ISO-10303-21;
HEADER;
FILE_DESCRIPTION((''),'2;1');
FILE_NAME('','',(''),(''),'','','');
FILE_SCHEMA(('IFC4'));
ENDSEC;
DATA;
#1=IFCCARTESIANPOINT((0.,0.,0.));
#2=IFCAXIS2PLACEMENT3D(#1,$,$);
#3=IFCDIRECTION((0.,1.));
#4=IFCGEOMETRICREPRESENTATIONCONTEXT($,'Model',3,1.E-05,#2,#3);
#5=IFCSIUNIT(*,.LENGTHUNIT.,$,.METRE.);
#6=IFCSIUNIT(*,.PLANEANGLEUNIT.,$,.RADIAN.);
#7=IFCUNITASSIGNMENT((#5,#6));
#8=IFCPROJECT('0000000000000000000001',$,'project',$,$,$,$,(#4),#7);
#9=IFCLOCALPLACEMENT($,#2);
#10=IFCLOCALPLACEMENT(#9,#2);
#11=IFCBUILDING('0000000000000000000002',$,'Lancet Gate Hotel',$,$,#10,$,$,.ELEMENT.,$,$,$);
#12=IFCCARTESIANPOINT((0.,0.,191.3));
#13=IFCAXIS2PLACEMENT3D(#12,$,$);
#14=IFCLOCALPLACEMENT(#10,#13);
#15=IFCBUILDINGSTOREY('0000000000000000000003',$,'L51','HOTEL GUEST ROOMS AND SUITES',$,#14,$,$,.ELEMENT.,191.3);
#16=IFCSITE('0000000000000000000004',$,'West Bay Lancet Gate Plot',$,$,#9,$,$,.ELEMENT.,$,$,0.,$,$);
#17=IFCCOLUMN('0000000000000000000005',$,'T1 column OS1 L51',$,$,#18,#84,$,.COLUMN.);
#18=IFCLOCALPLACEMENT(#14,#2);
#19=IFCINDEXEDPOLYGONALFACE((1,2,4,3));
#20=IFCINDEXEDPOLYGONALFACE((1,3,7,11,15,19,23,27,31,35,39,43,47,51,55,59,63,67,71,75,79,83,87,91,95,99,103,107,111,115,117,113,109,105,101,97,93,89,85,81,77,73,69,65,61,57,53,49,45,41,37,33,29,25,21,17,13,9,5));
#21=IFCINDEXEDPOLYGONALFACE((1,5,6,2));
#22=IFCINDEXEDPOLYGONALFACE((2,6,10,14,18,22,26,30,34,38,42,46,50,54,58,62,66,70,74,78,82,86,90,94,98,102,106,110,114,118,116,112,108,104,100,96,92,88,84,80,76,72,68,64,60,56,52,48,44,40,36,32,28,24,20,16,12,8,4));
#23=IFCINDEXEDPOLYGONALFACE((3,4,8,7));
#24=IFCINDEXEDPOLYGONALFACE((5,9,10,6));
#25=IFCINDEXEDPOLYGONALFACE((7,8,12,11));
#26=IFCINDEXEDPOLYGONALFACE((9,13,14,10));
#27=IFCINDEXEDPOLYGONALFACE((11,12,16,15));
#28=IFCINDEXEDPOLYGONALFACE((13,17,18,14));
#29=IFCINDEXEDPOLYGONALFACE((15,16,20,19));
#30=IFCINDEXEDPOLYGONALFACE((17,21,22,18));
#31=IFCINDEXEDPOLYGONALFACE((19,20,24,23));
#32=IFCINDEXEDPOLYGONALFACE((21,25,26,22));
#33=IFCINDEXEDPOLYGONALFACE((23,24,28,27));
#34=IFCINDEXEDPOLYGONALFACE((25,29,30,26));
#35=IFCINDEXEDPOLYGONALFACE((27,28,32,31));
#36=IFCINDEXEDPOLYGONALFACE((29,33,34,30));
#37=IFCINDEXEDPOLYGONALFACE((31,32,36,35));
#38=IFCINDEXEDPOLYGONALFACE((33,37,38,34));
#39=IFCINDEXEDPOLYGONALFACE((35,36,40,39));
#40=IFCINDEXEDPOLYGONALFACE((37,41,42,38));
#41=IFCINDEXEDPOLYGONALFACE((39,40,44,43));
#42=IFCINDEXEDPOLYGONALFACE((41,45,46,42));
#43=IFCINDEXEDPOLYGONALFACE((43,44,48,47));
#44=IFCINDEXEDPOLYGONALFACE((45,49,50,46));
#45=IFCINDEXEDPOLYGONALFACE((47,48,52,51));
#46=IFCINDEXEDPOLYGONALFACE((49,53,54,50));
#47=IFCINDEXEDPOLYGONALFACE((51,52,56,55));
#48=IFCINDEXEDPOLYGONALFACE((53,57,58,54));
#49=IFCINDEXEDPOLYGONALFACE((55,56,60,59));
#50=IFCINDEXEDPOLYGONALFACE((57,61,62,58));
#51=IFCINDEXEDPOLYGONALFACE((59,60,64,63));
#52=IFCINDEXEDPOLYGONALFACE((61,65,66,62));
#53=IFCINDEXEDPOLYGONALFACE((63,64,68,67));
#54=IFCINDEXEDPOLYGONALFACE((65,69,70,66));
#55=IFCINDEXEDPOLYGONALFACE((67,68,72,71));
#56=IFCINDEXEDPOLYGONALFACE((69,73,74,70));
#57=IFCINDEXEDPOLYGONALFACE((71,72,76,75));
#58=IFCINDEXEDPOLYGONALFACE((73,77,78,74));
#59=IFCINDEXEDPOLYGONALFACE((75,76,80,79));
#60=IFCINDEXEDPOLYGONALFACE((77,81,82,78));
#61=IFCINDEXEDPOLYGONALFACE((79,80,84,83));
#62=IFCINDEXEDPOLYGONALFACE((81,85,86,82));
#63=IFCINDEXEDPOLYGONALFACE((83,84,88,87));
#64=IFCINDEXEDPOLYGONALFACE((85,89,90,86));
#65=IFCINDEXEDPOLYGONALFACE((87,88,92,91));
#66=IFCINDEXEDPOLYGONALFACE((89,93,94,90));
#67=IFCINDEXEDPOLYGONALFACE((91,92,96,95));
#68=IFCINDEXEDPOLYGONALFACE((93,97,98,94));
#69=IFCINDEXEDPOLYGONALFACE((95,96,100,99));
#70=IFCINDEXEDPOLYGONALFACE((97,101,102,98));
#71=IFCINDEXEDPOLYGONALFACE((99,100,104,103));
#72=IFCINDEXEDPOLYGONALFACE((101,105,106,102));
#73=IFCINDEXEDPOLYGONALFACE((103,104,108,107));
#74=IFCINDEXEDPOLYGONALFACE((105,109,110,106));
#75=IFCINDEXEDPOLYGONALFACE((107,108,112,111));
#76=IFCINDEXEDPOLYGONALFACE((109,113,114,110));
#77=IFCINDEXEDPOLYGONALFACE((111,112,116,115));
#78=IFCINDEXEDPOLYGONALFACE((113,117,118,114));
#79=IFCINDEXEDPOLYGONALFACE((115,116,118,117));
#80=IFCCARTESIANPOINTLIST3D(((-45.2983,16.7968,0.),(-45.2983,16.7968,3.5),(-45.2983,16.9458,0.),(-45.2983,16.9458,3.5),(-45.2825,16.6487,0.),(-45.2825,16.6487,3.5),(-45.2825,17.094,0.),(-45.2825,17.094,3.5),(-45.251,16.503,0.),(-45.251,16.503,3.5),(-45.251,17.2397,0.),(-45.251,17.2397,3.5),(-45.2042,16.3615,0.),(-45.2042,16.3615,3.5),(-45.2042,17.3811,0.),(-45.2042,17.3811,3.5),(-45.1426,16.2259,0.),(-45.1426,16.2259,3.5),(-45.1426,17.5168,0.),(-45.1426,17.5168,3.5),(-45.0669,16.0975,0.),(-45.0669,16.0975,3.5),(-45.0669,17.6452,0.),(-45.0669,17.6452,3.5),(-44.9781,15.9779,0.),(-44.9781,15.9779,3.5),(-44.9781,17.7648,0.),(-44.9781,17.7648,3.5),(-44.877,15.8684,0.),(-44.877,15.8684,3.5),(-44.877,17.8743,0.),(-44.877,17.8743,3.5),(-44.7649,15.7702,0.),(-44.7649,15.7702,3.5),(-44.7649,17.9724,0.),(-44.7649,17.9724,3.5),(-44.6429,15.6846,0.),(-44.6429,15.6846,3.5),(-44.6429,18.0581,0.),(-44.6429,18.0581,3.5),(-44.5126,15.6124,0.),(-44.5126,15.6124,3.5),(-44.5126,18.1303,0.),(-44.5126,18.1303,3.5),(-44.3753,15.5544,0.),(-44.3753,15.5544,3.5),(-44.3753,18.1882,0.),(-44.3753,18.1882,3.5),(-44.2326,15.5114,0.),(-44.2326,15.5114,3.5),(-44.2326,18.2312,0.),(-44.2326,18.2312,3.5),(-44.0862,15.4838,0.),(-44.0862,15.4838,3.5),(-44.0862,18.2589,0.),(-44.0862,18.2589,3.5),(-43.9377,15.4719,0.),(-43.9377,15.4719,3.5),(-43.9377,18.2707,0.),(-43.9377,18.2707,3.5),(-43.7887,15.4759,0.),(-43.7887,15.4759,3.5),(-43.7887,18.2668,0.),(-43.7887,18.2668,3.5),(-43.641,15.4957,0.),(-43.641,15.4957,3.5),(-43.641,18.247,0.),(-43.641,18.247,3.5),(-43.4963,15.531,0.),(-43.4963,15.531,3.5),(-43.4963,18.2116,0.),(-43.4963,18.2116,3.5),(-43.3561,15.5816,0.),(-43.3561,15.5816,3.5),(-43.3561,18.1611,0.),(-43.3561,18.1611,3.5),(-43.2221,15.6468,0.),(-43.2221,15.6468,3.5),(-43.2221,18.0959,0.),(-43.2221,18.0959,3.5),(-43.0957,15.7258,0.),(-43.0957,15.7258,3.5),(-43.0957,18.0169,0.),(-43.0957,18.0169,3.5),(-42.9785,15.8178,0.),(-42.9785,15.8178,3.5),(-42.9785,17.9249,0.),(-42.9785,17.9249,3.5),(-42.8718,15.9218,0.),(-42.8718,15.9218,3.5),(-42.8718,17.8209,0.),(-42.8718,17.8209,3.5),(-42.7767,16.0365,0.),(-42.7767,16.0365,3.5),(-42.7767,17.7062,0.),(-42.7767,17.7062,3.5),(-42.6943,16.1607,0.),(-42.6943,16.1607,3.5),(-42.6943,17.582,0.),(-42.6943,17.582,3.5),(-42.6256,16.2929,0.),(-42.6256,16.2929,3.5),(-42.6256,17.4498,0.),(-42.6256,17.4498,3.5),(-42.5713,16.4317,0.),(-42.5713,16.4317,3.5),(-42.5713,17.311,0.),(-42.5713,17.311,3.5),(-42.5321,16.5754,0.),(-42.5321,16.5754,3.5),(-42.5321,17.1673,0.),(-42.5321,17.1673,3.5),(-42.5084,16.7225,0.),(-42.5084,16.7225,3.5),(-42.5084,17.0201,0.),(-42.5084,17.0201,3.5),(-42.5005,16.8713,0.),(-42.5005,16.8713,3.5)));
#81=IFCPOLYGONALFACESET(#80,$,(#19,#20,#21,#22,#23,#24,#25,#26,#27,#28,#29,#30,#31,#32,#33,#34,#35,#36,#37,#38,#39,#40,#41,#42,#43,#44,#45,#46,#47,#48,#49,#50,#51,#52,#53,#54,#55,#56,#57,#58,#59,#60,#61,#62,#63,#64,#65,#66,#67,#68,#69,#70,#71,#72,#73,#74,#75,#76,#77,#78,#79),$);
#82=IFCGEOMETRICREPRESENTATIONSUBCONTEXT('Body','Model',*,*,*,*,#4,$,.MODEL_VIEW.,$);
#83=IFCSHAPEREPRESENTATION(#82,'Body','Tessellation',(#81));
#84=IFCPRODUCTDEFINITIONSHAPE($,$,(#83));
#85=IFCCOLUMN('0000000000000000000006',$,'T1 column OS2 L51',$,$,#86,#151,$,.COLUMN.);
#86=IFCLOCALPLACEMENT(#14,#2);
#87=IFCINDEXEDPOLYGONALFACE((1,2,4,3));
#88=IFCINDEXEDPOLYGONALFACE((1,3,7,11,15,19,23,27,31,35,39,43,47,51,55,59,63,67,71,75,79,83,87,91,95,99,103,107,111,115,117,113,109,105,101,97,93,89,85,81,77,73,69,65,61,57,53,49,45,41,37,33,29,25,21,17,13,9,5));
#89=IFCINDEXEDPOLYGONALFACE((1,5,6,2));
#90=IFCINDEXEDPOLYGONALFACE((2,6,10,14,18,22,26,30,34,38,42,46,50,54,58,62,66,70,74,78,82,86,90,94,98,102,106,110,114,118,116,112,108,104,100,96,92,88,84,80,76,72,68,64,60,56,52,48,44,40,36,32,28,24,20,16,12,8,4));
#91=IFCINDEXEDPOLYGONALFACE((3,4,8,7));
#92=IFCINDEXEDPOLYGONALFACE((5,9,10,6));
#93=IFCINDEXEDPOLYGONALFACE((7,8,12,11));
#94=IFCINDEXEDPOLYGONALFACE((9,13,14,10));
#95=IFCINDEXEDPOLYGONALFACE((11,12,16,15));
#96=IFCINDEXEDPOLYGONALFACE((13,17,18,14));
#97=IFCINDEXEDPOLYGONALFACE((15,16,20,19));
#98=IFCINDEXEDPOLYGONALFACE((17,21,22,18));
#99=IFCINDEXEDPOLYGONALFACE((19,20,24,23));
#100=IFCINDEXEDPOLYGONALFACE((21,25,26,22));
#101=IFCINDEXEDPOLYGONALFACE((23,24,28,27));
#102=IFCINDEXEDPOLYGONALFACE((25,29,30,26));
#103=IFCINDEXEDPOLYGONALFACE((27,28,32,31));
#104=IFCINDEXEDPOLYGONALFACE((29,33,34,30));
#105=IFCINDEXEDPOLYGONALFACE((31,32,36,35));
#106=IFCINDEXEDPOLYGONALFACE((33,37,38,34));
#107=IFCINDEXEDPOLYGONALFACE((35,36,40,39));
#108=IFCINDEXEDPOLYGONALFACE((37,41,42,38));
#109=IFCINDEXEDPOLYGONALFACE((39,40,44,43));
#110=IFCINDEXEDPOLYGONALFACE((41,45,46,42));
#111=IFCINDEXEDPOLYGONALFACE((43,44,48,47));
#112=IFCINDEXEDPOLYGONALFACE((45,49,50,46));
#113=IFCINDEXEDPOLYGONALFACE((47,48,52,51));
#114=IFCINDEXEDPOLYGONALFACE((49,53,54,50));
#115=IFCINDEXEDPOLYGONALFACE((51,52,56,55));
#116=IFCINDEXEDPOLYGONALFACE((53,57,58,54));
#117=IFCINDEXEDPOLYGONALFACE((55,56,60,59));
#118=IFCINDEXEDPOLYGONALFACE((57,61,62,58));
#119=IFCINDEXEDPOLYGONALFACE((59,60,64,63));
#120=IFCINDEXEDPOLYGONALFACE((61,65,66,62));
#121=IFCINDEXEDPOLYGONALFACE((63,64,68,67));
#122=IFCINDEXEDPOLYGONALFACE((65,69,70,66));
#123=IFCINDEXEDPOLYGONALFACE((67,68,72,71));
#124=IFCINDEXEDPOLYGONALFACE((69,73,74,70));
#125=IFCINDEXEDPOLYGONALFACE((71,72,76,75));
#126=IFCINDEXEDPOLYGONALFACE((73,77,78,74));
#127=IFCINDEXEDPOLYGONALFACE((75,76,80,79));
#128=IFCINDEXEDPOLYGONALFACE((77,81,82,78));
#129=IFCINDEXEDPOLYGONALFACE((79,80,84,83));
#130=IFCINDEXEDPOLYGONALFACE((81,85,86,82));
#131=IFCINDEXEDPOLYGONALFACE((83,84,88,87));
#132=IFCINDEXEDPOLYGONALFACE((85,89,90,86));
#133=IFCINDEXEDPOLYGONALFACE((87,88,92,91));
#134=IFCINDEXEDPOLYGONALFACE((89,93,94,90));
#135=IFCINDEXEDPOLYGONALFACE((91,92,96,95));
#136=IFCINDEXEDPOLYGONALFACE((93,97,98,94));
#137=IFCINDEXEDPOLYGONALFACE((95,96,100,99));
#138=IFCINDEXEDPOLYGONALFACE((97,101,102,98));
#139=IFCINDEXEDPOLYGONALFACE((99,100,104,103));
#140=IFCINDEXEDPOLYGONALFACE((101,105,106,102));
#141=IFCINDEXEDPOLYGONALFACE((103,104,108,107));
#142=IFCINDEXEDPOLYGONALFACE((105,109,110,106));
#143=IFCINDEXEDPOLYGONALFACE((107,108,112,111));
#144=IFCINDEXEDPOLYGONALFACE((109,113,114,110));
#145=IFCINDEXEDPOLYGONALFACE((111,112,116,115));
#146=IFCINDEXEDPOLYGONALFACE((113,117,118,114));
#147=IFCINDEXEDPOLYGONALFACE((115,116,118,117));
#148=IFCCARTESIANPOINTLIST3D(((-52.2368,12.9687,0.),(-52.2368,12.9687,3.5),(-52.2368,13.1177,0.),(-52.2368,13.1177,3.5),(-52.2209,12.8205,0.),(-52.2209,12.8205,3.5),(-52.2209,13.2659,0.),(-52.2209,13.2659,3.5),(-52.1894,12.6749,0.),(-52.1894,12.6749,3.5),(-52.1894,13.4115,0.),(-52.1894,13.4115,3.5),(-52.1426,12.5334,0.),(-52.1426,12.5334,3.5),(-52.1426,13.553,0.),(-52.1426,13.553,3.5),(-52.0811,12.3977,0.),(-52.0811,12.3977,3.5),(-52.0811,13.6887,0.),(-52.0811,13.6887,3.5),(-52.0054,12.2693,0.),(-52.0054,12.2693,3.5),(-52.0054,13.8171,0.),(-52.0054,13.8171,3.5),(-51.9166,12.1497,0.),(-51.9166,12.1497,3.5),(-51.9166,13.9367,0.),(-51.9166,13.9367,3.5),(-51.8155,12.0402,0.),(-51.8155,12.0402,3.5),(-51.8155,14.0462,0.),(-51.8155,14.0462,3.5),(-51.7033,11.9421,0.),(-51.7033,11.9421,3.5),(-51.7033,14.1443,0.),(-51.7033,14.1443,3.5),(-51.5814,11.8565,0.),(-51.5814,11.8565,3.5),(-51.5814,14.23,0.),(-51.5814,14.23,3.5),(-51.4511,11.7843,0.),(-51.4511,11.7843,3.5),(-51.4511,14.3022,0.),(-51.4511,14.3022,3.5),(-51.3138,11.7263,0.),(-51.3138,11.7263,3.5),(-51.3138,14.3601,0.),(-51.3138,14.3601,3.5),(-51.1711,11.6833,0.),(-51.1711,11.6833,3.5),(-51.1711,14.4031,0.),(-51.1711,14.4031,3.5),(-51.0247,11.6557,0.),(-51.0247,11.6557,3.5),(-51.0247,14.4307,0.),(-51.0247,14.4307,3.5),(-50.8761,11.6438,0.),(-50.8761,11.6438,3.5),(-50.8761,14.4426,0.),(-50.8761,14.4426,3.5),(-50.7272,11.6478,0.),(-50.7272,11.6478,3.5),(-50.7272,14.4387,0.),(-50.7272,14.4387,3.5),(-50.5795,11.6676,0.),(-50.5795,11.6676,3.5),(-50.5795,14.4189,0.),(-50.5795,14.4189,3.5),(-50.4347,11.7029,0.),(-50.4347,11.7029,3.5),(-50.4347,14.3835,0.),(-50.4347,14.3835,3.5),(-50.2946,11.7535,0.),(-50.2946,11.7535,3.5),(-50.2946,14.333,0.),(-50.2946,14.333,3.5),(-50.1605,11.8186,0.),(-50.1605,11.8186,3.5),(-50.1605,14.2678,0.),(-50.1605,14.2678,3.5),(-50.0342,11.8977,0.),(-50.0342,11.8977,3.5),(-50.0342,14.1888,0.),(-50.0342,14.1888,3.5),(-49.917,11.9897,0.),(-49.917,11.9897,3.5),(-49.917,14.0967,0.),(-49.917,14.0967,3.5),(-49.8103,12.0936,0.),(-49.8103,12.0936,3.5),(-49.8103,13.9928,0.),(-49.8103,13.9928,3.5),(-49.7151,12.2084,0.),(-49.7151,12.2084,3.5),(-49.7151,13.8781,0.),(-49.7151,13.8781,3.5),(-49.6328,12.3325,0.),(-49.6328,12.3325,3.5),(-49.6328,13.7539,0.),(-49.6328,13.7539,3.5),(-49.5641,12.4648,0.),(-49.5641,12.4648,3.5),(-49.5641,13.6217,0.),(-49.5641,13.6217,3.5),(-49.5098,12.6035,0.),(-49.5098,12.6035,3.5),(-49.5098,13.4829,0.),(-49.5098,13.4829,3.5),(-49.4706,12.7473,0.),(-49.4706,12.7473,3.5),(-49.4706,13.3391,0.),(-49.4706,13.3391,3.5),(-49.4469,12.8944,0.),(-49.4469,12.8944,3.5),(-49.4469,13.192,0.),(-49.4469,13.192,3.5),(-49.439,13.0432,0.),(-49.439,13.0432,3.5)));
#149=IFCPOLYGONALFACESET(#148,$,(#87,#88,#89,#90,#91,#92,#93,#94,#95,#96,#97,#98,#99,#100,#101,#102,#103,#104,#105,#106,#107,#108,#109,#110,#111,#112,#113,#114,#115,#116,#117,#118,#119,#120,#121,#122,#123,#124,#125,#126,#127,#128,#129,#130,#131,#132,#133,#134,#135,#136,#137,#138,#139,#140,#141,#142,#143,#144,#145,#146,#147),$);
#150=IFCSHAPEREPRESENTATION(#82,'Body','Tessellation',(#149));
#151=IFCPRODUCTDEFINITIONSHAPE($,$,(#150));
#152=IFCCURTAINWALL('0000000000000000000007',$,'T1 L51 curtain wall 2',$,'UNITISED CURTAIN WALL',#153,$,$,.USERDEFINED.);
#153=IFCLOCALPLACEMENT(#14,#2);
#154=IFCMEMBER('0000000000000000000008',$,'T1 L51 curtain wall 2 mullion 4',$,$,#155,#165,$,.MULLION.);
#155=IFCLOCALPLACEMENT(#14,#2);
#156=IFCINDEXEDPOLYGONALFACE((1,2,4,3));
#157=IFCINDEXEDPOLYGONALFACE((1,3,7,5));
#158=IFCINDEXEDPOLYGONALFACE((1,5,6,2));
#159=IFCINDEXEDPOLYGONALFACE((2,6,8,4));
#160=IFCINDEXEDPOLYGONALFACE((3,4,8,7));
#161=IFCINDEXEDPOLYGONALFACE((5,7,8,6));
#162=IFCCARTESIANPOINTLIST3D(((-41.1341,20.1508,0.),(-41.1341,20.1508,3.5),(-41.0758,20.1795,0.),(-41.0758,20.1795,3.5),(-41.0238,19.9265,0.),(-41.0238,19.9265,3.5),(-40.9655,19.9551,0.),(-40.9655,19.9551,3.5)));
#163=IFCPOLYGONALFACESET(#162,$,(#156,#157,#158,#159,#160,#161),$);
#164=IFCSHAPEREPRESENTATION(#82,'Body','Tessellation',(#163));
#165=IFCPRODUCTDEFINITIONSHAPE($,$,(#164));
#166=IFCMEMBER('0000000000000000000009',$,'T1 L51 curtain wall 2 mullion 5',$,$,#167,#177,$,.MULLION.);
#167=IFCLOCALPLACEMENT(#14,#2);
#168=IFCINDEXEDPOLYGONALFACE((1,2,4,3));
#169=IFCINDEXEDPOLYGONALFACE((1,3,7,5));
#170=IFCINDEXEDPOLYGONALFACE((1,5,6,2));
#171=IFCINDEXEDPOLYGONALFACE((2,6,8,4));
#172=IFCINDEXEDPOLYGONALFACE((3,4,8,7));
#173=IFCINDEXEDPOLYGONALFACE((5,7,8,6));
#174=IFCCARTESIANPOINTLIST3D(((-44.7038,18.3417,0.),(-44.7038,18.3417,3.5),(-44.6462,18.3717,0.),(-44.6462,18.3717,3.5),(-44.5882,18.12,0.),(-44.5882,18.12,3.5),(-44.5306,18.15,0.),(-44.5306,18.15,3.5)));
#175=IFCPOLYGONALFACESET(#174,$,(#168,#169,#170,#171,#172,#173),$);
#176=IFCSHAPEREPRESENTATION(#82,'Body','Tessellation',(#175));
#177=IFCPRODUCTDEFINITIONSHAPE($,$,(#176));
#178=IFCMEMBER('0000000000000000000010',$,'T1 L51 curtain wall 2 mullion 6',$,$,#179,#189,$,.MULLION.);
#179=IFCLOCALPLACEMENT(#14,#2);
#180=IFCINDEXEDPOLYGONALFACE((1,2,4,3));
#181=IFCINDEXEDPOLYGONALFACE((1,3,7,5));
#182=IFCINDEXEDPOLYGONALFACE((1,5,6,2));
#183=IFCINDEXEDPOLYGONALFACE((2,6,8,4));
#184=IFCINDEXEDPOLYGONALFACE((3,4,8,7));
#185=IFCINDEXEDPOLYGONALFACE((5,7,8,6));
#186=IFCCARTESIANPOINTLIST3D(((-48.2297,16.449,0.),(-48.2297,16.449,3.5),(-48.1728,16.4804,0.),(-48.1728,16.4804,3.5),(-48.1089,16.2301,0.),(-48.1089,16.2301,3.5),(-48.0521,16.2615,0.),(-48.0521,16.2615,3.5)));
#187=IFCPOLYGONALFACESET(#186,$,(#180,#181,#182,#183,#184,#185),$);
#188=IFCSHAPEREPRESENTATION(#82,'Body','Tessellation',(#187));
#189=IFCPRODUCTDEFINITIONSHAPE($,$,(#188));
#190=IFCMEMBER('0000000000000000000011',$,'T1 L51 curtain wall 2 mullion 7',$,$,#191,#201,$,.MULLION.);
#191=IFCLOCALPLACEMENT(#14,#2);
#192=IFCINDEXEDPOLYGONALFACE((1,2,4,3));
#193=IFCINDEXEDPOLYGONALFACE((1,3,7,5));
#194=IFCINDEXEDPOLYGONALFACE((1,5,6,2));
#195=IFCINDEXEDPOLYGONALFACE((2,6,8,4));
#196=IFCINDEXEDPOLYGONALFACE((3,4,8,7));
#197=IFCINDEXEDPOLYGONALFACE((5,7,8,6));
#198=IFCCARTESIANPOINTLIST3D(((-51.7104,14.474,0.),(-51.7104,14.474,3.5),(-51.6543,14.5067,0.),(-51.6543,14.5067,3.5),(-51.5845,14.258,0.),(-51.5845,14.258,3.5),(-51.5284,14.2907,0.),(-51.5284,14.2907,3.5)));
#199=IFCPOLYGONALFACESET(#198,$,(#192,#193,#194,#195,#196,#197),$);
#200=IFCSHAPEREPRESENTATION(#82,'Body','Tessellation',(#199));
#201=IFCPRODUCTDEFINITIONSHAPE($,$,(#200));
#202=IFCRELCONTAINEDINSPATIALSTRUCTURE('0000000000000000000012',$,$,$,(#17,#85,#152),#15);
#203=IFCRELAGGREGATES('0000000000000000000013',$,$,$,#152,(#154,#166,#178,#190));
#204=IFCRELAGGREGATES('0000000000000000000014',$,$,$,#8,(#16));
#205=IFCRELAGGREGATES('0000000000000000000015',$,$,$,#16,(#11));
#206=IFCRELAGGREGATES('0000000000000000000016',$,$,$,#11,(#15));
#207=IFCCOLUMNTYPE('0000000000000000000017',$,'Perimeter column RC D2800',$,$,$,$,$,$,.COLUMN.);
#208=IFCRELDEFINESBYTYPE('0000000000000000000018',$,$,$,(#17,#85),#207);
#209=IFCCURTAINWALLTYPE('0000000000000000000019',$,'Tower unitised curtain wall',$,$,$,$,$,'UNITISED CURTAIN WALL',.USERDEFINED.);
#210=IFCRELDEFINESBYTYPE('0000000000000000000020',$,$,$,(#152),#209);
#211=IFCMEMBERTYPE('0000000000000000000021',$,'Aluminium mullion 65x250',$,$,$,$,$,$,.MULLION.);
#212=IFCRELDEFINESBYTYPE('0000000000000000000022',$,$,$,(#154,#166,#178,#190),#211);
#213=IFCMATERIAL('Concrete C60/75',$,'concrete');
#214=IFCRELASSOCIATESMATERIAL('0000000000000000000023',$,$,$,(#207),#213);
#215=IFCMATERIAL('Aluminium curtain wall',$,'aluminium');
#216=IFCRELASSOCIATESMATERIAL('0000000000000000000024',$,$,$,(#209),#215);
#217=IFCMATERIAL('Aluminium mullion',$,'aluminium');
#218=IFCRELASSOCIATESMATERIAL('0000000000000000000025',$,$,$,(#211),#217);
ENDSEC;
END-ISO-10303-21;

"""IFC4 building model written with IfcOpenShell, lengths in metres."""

from ifc_helpers import new_model, si_unit, direction, frame, origin, origin_2d, place, context, subcontext, project, spatial, rectangle, circle, extrude, material, material_profile, profile_set, type_object, element, aggregate, save


model = new_model("IFC4")

# Units and contexts
model_context = context("Model", 3, precision=1e-05, world=origin(), true_north=direction((0.0, 1.0)))
body_context = subcontext(model_context, "Body", "Model", "MODEL_VIEW")
ifc_project = project(units=[si_unit("LENGTHUNIT", "METRE"), si_unit("PLANEANGLEUNIT", "RADIAN")], contexts=[model_context])

# Site, building, storey
site_placement = place(None, origin())
site = spatial("IfcSite", under=ifc_project, at=site_placement, Name="West Bay Lancet Gate Plot", CompositionType="ELEMENT", RefElevation=0.0)
building_placement = place(site_placement, origin())
building = spatial("IfcBuilding", under=site, at=building_placement, Name="Lancet Gate Hotel", CompositionType="ELEMENT")
storey_placement = place(building_placement, frame((0.0, 0.0, 191.3)))
storey = spatial("IfcBuildingStorey", under=building, at=storey_placement, Name="L51", Description="HOTEL GUEST ROOMS AND SUITES", CompositionType="ELEMENT", Elevation=191.3)

# Columns
ifc_material_1 = material(Name="Concrete C60/75", Category="concrete")
ifc_material_profile_1 = material_profile(ifc_material_1, circle(Radius=1.3999, at=origin_2d()), Name="RC D2800")
ifc_profile_set_1 = profile_set([ifc_material_profile_1], Name="Concrete C60/75")
column_type = type_object("IfcColumnType", Name="Perimeter column RC D2800", PredefinedType="COLUMN", material=ifc_profile_set_1)
for number, where, z_axis, x_axis, name in (
    (1, (-43.9004, 16.8713, 0.0), (0.0, 0.0, 1.0), (1.0, 0.0, 0.0), "T1 column OS1 L51"),
    (2, (-50.8389, 13.0432, 0.0), (0.0, 0.0, 1.0), (1.0, 0.0, 0.0), "T1 column OS2 L51"),
):
    element("IfcColumn", number, at=place(storey_placement, frame(where, z_axis=z_axis, x_axis=x_axis)), inside=storey, type_object=column_type, Name=name, PredefinedType="COLUMN", context=body_context, shape_type="SweptSolid", body=[
        extrude(circle(Radius=1.3999, at=origin_2d()), origin(), (0.0, 0.0, 1.0), 3.5),
    ])

# Curtain wall, members
ifc_material_2 = material(Name="Aluminium curtain wall", Category="aluminium")
curtain_wall_type = type_object("IfcCurtainWallType", Name="Tower unitised curtain wall", ElementType="UNITISED CURTAIN WALL", PredefinedType="USERDEFINED", material=ifc_material_2)
curtain_wall_placement = place(storey_placement, origin())
curtain_wall = element("IfcCurtainWall", 3, at=curtain_wall_placement, inside=storey, type_object=curtain_wall_type, Name="T1 L51 curtain wall 2", ObjectType="UNITISED CURTAIN WALL", PredefinedType="USERDEFINED")
ifc_material_3 = material(Name="Aluminium mullion", Category="aluminium")
ifc_material_profile_2 = material_profile(ifc_material_3, rectangle(XDim=0.0649, YDim=0.25, at=origin_2d()), Name="MULLION 65x250")
ifc_profile_set_2 = profile_set([ifc_material_profile_2], Name="Aluminium mullion")
member_type_1 = type_object("IfcMemberType", Name="Aluminium mullion 65x250", PredefinedType="MULLION", material=ifc_profile_set_2)
member_1_placement = place(storey_placement, frame((-41.0498, 20.053, 0.0), z_axis=(0.0, 0.0, 1.0), x_axis=(-0.897324, -0.441372, 0.0)))
member_1 = element("IfcMember", 4, at=member_1_placement, type_object=member_type_1, Name="T1 L51 curtain wall 2 mullion 4", PredefinedType="MULLION", context=body_context, shape_type="SweptSolid", body=[
    extrude(rectangle(XDim=0.0649, YDim=0.25, at=origin_2d()), origin(), (0.0, 0.0, 1.0), 3.5),
])
member_2_placement = place(storey_placement, frame((-44.6172, 18.2458, 0.0), z_axis=(0.0, 0.0, 1.0), x_axis=(-0.886694, -0.462356, 0.0)))
member_2 = element("IfcMember", 5, at=member_2_placement, type_object=member_type_1, Name="T1 L51 curtain wall 2 mullion 5", PredefinedType="MULLION", context=body_context, shape_type="SweptSolid", body=[
    extrude(rectangle(XDim=0.0649, YDim=0.25, at=origin_2d()), origin(), (0.0, 0.0, 1.0), 3.5),
])
member_3_placement = place(storey_placement, frame((-48.1409, 16.3552, 0.0), z_axis=(0.0, 0.0, 1.0), x_axis=(-0.875574, -0.483084, 0.0)))
member_3 = element("IfcMember", 6, at=member_3_placement, type_object=member_type_1, Name="T1 L51 curtain wall 2 mullion 6", PredefinedType="MULLION", context=body_context, shape_type="SweptSolid", body=[
    extrude(rectangle(XDim=0.0649, YDim=0.25, at=origin_2d()), origin(), (0.0, 0.0, 1.0), 3.5),
])
member_4_placement = place(storey_placement, frame((-51.6194, 14.3823, 0.0), z_axis=(0.0, 0.0, 1.0), x_axis=(-0.863969, -0.503545, 0.0)))
member_4 = element("IfcMember", 7, at=member_4_placement, type_object=member_type_1, Name="T1 L51 curtain wall 2 mullion 7", PredefinedType="MULLION", context=body_context, shape_type="SweptSolid", body=[
    extrude(rectangle(XDim=0.0649, YDim=0.25, at=origin_2d()), origin(), (0.0, 0.0, 1.0), 3.5),
])

aggregate(curtain_wall, [member_1, member_2, member_3, member_4])

save(model, "model.ifc")
